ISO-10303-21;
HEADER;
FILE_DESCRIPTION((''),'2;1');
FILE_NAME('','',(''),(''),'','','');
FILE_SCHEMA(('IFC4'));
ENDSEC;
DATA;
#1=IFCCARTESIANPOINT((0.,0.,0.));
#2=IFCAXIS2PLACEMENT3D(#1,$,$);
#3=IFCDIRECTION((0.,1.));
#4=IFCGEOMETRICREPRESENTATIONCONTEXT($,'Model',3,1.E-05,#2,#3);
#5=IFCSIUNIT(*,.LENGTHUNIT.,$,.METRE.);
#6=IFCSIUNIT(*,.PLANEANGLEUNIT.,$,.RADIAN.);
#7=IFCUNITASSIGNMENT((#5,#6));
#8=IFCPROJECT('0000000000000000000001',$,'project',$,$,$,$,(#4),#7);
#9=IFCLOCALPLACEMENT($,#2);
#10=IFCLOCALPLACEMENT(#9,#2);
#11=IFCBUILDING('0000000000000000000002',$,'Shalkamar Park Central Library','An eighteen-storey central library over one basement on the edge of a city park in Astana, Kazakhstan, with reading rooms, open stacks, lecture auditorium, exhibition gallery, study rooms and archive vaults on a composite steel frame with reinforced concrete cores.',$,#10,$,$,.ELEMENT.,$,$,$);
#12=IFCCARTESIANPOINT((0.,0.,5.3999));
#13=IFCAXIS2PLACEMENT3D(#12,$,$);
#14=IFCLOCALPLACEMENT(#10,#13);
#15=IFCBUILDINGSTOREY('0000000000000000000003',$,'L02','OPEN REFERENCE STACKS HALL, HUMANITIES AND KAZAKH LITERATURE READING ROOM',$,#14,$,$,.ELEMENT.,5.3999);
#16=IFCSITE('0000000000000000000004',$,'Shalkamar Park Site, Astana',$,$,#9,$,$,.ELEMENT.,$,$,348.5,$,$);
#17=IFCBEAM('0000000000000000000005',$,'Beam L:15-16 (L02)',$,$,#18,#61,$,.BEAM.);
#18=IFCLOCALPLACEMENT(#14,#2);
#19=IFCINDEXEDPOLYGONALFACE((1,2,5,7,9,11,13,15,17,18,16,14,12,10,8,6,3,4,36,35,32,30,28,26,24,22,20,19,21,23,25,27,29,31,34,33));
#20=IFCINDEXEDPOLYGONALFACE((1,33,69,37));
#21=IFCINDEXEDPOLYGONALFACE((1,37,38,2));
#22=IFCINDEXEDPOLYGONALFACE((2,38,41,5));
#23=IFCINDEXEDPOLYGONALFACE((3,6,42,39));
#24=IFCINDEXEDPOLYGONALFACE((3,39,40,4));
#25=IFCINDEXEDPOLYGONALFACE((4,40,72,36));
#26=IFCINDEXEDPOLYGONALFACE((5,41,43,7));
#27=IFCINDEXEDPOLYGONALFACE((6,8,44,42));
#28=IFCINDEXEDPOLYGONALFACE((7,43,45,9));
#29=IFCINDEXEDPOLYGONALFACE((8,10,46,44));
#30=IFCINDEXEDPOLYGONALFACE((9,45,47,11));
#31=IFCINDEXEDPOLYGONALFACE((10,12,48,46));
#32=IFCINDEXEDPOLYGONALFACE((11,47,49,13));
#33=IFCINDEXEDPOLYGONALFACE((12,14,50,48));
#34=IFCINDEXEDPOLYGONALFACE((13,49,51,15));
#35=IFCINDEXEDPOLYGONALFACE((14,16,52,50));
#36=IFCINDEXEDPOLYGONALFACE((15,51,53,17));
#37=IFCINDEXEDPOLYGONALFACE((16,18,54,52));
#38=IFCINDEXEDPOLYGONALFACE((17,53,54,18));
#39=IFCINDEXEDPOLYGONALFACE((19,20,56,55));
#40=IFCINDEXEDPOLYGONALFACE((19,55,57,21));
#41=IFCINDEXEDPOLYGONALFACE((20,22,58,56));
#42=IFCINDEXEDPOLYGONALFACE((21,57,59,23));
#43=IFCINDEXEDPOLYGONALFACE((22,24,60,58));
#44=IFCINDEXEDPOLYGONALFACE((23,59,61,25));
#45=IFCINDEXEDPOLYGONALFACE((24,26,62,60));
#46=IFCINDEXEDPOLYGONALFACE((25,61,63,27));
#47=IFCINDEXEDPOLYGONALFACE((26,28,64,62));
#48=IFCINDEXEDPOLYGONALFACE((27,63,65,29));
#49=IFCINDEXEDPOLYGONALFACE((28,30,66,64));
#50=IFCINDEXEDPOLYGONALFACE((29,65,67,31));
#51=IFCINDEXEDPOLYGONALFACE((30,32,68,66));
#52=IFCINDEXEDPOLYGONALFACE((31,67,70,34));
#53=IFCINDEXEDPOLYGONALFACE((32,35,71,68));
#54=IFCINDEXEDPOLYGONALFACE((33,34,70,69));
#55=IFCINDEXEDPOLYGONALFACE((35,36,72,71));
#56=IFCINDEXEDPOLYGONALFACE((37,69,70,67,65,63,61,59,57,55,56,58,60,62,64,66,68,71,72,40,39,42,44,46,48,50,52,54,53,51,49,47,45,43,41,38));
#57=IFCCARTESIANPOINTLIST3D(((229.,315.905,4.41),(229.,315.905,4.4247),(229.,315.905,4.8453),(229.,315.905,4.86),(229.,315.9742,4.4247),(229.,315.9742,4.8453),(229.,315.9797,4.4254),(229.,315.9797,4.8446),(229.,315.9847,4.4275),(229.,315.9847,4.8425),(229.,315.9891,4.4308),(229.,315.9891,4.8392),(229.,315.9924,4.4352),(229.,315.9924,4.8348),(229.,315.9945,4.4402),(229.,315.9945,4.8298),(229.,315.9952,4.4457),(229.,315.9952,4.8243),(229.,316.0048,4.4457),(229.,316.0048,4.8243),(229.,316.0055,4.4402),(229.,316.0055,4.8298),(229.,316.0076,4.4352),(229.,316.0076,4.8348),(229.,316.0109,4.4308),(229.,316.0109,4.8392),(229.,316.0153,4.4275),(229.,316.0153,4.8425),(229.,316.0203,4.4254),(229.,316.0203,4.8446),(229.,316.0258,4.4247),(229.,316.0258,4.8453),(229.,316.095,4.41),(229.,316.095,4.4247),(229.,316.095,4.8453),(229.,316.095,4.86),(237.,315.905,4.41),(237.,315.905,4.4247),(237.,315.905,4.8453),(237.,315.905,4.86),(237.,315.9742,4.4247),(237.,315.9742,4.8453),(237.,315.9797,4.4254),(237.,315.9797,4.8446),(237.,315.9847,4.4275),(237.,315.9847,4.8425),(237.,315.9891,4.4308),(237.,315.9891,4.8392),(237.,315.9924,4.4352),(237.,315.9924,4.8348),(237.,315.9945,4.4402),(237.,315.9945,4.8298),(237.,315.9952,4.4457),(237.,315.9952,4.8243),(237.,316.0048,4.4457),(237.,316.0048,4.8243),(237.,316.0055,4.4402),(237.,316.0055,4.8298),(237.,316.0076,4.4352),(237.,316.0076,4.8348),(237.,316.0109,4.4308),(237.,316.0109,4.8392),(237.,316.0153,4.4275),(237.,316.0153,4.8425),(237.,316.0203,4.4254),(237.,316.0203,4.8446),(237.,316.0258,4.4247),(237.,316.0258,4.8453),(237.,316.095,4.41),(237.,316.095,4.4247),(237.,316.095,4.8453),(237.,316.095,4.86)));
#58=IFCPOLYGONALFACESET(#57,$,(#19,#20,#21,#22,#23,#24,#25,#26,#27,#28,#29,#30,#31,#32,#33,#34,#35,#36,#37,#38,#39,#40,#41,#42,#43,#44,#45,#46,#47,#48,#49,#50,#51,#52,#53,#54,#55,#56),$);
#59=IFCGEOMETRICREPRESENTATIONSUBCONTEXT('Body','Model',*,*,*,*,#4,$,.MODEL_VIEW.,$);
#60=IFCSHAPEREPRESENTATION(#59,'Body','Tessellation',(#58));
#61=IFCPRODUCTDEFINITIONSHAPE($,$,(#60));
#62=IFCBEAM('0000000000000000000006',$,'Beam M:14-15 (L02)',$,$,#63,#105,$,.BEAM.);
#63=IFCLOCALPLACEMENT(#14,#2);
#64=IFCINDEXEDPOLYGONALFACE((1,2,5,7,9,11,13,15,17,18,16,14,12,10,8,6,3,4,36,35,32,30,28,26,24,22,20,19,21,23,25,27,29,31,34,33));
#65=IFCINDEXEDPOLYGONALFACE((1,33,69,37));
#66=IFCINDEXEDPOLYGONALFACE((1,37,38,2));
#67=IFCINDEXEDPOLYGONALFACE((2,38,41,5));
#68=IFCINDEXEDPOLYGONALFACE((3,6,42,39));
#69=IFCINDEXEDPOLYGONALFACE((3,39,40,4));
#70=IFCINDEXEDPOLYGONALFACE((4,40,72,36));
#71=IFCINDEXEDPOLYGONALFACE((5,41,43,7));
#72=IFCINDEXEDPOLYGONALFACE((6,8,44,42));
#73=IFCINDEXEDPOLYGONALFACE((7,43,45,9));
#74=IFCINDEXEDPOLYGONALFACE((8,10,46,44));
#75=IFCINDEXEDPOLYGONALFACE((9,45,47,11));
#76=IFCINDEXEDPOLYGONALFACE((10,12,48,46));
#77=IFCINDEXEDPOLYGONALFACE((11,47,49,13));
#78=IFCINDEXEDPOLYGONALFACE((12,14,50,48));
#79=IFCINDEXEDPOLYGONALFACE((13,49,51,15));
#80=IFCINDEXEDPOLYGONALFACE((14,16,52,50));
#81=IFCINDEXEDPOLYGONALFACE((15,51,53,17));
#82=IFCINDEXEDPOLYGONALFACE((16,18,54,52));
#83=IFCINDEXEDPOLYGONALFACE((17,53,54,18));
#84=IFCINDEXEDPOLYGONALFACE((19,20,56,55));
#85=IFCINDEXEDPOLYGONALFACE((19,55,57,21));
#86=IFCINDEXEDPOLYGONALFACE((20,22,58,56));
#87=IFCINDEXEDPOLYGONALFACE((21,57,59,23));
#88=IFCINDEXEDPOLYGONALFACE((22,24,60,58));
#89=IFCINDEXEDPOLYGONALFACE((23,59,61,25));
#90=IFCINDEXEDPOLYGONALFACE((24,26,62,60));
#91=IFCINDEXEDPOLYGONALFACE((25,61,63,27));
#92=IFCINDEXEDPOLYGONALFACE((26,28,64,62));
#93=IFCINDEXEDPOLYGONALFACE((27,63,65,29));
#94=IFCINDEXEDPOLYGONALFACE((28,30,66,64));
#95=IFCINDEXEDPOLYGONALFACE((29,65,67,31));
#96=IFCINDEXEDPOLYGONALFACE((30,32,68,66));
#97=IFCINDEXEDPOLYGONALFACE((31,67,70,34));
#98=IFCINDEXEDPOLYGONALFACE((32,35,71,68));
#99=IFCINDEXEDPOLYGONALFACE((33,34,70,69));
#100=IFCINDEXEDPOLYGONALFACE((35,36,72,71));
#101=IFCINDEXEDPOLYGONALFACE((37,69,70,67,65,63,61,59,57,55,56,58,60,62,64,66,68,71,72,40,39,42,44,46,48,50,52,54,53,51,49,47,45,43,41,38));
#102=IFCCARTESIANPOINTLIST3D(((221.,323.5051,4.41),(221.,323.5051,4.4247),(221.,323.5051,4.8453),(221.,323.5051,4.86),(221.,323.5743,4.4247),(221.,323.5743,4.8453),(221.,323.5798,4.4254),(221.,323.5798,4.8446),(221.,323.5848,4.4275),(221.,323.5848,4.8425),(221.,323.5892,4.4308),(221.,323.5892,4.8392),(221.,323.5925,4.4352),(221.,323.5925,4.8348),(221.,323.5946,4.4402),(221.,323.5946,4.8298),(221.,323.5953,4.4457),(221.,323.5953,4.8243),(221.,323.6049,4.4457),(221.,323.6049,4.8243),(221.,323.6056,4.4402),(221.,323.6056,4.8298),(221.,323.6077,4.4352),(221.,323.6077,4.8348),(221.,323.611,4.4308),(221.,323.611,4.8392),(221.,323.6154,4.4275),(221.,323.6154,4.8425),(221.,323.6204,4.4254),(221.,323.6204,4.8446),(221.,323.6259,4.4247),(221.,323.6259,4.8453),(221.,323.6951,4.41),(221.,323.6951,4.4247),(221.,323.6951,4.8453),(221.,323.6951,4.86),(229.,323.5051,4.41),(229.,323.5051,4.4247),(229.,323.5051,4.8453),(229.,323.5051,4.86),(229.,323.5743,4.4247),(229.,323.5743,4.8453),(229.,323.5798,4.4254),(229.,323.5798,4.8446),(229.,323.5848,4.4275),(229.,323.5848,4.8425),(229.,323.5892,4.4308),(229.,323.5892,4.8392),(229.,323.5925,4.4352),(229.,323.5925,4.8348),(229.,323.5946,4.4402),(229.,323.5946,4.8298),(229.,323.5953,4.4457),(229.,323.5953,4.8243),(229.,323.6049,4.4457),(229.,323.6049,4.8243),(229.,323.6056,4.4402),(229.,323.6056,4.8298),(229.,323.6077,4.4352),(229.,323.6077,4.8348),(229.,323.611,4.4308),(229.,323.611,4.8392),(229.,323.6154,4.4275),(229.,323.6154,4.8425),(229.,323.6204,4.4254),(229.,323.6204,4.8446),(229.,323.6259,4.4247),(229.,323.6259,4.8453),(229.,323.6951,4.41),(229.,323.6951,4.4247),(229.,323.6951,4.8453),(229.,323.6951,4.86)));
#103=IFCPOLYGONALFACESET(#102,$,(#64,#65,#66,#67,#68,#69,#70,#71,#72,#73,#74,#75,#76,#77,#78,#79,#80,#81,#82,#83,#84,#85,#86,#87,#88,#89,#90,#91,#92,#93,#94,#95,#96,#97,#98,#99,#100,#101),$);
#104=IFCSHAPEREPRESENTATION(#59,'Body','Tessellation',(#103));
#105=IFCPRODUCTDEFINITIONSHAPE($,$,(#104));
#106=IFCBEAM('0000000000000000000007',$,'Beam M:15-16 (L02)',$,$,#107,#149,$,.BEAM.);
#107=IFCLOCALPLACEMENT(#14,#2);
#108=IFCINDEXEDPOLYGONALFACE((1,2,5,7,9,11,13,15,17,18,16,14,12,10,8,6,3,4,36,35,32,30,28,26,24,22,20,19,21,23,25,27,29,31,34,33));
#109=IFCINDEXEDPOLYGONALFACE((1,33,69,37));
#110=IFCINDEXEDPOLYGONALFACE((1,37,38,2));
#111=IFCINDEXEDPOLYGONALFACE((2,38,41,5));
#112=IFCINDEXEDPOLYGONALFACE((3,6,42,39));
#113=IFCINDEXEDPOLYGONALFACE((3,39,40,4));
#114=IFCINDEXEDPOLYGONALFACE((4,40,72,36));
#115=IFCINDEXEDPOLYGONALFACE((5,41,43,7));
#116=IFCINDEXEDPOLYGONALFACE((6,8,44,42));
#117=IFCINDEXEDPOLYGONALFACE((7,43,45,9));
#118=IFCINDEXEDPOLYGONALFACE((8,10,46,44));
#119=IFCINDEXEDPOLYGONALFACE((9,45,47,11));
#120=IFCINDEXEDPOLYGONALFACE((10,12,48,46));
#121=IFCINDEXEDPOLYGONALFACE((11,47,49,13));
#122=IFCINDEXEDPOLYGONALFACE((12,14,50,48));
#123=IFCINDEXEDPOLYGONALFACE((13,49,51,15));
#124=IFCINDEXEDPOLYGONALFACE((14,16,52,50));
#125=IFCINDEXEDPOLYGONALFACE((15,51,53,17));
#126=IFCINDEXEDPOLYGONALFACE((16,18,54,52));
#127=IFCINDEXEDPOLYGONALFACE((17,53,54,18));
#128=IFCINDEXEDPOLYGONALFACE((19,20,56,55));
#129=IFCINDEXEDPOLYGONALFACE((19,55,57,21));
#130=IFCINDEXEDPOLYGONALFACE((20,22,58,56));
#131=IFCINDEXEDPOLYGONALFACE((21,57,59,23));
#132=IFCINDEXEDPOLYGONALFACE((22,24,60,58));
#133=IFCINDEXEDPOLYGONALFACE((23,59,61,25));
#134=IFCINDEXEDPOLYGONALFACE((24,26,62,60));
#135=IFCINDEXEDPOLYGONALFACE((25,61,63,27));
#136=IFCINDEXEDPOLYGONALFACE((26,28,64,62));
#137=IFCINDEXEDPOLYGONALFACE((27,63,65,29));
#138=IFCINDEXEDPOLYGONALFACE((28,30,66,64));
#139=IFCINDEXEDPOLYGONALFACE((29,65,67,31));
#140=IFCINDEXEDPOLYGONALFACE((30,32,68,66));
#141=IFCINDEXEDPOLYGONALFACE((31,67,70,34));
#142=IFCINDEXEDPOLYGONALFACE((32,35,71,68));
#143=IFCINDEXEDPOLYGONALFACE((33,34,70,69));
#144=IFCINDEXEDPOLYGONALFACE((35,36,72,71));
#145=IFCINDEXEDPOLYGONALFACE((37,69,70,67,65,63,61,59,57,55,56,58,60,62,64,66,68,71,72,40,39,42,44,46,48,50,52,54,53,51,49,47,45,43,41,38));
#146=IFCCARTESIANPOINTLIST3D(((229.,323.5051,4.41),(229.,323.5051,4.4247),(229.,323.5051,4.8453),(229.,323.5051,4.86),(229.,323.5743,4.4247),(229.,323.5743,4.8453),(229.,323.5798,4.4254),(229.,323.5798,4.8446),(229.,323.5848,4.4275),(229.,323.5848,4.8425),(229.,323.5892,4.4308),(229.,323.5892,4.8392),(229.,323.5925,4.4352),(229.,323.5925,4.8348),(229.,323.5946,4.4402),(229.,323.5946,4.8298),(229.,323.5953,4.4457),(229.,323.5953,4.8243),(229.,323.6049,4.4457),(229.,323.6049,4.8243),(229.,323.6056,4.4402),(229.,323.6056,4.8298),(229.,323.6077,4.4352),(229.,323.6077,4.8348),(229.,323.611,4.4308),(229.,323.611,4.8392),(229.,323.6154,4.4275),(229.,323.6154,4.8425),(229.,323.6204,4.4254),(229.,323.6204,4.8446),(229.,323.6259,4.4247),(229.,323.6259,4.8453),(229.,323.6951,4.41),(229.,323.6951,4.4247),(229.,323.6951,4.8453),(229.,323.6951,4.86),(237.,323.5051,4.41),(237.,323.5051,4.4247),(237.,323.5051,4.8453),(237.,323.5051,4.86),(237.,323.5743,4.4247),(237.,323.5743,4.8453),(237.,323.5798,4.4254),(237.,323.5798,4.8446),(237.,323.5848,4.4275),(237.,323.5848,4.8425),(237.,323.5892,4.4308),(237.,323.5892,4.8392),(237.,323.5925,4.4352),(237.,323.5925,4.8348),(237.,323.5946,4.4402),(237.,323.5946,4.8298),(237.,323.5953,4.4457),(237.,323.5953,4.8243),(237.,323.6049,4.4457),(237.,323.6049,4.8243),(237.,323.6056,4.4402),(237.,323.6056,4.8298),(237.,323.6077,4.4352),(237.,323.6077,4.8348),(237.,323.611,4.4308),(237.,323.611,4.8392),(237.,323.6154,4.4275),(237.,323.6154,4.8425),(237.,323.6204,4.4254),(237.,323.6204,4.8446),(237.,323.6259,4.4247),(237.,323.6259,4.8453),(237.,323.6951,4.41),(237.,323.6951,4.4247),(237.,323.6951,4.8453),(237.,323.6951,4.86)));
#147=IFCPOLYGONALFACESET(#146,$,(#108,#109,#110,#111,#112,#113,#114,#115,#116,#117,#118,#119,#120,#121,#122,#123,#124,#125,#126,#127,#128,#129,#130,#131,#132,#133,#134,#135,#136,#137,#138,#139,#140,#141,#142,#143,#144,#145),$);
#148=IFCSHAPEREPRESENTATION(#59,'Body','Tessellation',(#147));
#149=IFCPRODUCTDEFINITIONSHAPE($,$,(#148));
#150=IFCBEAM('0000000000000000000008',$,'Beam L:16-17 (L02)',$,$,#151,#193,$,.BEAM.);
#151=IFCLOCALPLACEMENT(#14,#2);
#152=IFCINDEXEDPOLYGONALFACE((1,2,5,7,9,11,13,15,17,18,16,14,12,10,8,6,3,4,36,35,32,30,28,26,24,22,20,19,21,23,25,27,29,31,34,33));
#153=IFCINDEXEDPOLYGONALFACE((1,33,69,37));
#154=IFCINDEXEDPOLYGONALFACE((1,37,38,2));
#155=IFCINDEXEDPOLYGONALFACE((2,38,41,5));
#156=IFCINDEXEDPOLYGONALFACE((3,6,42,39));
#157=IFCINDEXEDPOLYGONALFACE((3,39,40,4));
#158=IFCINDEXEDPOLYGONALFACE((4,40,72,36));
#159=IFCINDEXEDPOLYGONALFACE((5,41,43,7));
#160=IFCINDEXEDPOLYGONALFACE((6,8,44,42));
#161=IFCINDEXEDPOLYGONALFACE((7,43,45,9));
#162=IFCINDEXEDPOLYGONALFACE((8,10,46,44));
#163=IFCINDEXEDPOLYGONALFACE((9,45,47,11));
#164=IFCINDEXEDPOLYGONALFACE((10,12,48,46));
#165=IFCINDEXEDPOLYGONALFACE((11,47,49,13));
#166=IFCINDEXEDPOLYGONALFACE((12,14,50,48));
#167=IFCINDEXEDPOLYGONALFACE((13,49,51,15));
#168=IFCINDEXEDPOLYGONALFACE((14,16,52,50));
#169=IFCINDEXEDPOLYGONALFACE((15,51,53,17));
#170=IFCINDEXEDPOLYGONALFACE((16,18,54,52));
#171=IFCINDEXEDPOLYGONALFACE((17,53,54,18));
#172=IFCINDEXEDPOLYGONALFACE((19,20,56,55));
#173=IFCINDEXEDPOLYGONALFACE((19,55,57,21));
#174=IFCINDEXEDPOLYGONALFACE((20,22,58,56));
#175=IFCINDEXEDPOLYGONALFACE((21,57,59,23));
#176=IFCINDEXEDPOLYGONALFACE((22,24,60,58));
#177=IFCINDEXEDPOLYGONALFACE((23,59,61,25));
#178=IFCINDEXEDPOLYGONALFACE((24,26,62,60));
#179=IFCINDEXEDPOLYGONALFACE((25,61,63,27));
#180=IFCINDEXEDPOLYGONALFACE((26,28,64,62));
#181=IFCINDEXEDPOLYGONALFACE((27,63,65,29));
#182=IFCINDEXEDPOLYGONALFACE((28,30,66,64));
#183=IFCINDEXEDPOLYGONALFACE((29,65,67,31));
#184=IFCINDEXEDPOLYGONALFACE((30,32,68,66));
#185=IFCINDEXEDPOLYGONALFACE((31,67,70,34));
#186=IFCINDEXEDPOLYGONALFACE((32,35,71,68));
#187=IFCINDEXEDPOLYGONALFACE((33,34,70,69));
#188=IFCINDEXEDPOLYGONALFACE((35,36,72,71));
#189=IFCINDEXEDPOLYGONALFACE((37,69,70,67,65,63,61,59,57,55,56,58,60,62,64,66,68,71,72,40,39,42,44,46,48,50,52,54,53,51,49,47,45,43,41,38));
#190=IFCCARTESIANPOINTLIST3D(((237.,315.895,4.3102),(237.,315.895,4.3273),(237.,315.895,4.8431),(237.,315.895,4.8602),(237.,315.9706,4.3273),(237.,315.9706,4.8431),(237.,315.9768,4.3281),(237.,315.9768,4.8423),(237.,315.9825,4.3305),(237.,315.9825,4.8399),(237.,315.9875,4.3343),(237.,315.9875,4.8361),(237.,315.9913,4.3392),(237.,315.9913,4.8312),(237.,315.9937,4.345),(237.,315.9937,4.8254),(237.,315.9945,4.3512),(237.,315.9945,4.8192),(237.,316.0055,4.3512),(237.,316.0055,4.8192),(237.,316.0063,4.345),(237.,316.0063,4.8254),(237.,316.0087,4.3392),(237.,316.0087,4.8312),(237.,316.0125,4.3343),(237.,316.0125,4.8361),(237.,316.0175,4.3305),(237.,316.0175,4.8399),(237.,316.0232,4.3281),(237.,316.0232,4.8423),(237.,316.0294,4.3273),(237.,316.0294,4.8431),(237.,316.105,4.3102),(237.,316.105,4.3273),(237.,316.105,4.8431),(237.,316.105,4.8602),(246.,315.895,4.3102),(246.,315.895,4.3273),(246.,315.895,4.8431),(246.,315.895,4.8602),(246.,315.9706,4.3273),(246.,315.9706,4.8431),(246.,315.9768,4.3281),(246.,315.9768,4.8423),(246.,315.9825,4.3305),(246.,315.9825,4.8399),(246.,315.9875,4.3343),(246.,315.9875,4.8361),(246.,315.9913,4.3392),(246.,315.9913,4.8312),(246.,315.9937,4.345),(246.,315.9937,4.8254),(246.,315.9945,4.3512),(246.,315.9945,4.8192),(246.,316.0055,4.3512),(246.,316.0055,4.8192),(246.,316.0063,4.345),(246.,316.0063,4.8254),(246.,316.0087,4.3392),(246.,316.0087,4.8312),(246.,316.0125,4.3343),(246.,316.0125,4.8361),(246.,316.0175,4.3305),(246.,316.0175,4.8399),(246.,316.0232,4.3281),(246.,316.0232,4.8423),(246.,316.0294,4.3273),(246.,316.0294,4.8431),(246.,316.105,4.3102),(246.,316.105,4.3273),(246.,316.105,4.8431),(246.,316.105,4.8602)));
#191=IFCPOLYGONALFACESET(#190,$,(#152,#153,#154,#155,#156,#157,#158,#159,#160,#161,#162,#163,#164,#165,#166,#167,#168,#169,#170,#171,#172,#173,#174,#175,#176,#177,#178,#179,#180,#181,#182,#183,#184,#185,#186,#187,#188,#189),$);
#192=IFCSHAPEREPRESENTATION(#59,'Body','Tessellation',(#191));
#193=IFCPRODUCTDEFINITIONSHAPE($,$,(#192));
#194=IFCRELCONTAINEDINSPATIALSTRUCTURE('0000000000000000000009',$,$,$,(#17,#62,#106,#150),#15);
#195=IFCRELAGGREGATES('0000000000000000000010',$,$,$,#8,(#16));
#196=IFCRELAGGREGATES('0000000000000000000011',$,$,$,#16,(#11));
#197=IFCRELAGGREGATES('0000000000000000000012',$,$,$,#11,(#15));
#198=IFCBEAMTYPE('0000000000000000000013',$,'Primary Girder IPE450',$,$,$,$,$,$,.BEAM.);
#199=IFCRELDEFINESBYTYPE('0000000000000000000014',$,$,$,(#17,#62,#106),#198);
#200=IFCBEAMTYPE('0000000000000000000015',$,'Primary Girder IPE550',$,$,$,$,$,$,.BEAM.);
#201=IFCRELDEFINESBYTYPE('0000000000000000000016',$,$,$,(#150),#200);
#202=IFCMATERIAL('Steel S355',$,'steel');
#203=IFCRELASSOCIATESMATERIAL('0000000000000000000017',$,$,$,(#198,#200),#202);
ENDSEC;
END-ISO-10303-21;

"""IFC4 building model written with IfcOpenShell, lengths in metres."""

from ifc_helpers import new_model, si_unit, direction, frame, origin, origin_2d, place, context, subcontext, project, spatial, i_section, extrude, material, material_profile, profile_set, type_object, element, save


model = new_model("IFC4")

# Units and contexts
model_context = context("Model", 3, precision=1e-05, world=origin(), true_north=direction((0.0, 1.0)))
body_context = subcontext(model_context, "Body", "Model", "MODEL_VIEW")
ifc_project = project(units=[si_unit("LENGTHUNIT", "METRE"), si_unit("PLANEANGLEUNIT", "RADIAN")], contexts=[model_context])

# Site, building, storey
site_placement = place(None, origin())
site = spatial("IfcSite", under=ifc_project, at=site_placement, Name="Shalkamar Park Site, Astana", CompositionType="ELEMENT", RefElevation=348.5)
building_placement = place(site_placement, origin())
building = spatial("IfcBuilding", under=site, at=building_placement, Name="Shalkamar Park Central Library", Description="An eighteen-storey central library over one basement on the edge of a city park in Astana, Kazakhstan, with reading rooms, open stacks, lecture auditorium, exhibition gallery, study rooms and archive vaults on a composite steel frame with reinforced concrete cores.", CompositionType="ELEMENT")
storey_placement = place(building_placement, frame((0.0, 0.0, 5.3999)))
storey = spatial("IfcBuildingStorey", under=building, at=storey_placement, Name="L02", Description="OPEN REFERENCE STACKS HALL, HUMANITIES AND KAZAKH LITERATURE READING ROOM", CompositionType="ELEMENT", Elevation=5.3999)

# Shared definitions
ifc_material = material(Name="Steel S355", Category="steel")

# Beams
ifc_material_profile_1 = material_profile(ifc_material, i_section(OverallWidth=0.1899, OverallDepth=0.45, WebThickness=0.0095, FlangeThickness=0.0146, FilletRadius=0.021, at=origin_2d()), Name="IPE 450")
ifc_profile_set_1 = profile_set([ifc_material_profile_1], Name="Steel S355")
beam_type_1 = type_object("IfcBeamType", Name="Primary Girder IPE450", PredefinedType="BEAM", material=ifc_profile_set_1)
for number, where, z_axis, x_axis, name in (
    (1, (229.0, 316.0, 4.635), (1.0, 0.0, 0.0), (0.0, 1.0, 0.0), "Beam L:15-16 (L02)"),
    (2, (221.0, 323.6001, 4.635), (1.0, 0.0, 0.0), (0.0, 1.0, 0.0), "Beam M:14-15 (L02)"),
    (3, (229.0, 323.6001, 4.635), (1.0, 0.0, 0.0), (0.0, 1.0, 0.0), "Beam M:15-16 (L02)"),
):
    element("IfcBeam", number, at=place(storey_placement, frame(where, z_axis=z_axis, x_axis=x_axis)), inside=storey, type_object=beam_type_1, Name=name, PredefinedType="BEAM", context=body_context, shape_type="SweptSolid", body=[
        extrude(i_section(OverallWidth=0.1899, OverallDepth=0.45, WebThickness=0.0095, FlangeThickness=0.0146, FilletRadius=0.021, at=origin_2d()), origin(), (0.0, 0.0, 1.0), 8.0),
    ])
ifc_material_profile_2 = material_profile(ifc_material, i_section(OverallWidth=0.21, OverallDepth=0.55, WebThickness=0.011, FlangeThickness=0.0171, FilletRadius=0.0239, at=origin_2d()), Name="IPE 550")
ifc_profile_set_2 = profile_set([ifc_material_profile_2], Name="Steel S355")
beam_type_2 = type_object("IfcBeamType", Name="Primary Girder IPE550", PredefinedType="BEAM", material=ifc_profile_set_2)
for number, where, z_axis, x_axis, name in (
    (4, (237.0, 316.0, 4.5852), (1.0, 0.0, 0.0), (0.0, 1.0, 0.0), "Beam L:16-17 (L02)"),
):
    element("IfcBeam", number, at=place(storey_placement, frame(where, z_axis=z_axis, x_axis=x_axis)), inside=storey, type_object=beam_type_2, Name=name, PredefinedType="BEAM", context=body_context, shape_type="SweptSolid", body=[
        extrude(i_section(OverallWidth=0.21, OverallDepth=0.55, WebThickness=0.011, FlangeThickness=0.0171, FilletRadius=0.0239, at=origin_2d()), origin(), (0.0, 0.0, 1.0), 9.0),
    ])

save(model, "model.ifc")
